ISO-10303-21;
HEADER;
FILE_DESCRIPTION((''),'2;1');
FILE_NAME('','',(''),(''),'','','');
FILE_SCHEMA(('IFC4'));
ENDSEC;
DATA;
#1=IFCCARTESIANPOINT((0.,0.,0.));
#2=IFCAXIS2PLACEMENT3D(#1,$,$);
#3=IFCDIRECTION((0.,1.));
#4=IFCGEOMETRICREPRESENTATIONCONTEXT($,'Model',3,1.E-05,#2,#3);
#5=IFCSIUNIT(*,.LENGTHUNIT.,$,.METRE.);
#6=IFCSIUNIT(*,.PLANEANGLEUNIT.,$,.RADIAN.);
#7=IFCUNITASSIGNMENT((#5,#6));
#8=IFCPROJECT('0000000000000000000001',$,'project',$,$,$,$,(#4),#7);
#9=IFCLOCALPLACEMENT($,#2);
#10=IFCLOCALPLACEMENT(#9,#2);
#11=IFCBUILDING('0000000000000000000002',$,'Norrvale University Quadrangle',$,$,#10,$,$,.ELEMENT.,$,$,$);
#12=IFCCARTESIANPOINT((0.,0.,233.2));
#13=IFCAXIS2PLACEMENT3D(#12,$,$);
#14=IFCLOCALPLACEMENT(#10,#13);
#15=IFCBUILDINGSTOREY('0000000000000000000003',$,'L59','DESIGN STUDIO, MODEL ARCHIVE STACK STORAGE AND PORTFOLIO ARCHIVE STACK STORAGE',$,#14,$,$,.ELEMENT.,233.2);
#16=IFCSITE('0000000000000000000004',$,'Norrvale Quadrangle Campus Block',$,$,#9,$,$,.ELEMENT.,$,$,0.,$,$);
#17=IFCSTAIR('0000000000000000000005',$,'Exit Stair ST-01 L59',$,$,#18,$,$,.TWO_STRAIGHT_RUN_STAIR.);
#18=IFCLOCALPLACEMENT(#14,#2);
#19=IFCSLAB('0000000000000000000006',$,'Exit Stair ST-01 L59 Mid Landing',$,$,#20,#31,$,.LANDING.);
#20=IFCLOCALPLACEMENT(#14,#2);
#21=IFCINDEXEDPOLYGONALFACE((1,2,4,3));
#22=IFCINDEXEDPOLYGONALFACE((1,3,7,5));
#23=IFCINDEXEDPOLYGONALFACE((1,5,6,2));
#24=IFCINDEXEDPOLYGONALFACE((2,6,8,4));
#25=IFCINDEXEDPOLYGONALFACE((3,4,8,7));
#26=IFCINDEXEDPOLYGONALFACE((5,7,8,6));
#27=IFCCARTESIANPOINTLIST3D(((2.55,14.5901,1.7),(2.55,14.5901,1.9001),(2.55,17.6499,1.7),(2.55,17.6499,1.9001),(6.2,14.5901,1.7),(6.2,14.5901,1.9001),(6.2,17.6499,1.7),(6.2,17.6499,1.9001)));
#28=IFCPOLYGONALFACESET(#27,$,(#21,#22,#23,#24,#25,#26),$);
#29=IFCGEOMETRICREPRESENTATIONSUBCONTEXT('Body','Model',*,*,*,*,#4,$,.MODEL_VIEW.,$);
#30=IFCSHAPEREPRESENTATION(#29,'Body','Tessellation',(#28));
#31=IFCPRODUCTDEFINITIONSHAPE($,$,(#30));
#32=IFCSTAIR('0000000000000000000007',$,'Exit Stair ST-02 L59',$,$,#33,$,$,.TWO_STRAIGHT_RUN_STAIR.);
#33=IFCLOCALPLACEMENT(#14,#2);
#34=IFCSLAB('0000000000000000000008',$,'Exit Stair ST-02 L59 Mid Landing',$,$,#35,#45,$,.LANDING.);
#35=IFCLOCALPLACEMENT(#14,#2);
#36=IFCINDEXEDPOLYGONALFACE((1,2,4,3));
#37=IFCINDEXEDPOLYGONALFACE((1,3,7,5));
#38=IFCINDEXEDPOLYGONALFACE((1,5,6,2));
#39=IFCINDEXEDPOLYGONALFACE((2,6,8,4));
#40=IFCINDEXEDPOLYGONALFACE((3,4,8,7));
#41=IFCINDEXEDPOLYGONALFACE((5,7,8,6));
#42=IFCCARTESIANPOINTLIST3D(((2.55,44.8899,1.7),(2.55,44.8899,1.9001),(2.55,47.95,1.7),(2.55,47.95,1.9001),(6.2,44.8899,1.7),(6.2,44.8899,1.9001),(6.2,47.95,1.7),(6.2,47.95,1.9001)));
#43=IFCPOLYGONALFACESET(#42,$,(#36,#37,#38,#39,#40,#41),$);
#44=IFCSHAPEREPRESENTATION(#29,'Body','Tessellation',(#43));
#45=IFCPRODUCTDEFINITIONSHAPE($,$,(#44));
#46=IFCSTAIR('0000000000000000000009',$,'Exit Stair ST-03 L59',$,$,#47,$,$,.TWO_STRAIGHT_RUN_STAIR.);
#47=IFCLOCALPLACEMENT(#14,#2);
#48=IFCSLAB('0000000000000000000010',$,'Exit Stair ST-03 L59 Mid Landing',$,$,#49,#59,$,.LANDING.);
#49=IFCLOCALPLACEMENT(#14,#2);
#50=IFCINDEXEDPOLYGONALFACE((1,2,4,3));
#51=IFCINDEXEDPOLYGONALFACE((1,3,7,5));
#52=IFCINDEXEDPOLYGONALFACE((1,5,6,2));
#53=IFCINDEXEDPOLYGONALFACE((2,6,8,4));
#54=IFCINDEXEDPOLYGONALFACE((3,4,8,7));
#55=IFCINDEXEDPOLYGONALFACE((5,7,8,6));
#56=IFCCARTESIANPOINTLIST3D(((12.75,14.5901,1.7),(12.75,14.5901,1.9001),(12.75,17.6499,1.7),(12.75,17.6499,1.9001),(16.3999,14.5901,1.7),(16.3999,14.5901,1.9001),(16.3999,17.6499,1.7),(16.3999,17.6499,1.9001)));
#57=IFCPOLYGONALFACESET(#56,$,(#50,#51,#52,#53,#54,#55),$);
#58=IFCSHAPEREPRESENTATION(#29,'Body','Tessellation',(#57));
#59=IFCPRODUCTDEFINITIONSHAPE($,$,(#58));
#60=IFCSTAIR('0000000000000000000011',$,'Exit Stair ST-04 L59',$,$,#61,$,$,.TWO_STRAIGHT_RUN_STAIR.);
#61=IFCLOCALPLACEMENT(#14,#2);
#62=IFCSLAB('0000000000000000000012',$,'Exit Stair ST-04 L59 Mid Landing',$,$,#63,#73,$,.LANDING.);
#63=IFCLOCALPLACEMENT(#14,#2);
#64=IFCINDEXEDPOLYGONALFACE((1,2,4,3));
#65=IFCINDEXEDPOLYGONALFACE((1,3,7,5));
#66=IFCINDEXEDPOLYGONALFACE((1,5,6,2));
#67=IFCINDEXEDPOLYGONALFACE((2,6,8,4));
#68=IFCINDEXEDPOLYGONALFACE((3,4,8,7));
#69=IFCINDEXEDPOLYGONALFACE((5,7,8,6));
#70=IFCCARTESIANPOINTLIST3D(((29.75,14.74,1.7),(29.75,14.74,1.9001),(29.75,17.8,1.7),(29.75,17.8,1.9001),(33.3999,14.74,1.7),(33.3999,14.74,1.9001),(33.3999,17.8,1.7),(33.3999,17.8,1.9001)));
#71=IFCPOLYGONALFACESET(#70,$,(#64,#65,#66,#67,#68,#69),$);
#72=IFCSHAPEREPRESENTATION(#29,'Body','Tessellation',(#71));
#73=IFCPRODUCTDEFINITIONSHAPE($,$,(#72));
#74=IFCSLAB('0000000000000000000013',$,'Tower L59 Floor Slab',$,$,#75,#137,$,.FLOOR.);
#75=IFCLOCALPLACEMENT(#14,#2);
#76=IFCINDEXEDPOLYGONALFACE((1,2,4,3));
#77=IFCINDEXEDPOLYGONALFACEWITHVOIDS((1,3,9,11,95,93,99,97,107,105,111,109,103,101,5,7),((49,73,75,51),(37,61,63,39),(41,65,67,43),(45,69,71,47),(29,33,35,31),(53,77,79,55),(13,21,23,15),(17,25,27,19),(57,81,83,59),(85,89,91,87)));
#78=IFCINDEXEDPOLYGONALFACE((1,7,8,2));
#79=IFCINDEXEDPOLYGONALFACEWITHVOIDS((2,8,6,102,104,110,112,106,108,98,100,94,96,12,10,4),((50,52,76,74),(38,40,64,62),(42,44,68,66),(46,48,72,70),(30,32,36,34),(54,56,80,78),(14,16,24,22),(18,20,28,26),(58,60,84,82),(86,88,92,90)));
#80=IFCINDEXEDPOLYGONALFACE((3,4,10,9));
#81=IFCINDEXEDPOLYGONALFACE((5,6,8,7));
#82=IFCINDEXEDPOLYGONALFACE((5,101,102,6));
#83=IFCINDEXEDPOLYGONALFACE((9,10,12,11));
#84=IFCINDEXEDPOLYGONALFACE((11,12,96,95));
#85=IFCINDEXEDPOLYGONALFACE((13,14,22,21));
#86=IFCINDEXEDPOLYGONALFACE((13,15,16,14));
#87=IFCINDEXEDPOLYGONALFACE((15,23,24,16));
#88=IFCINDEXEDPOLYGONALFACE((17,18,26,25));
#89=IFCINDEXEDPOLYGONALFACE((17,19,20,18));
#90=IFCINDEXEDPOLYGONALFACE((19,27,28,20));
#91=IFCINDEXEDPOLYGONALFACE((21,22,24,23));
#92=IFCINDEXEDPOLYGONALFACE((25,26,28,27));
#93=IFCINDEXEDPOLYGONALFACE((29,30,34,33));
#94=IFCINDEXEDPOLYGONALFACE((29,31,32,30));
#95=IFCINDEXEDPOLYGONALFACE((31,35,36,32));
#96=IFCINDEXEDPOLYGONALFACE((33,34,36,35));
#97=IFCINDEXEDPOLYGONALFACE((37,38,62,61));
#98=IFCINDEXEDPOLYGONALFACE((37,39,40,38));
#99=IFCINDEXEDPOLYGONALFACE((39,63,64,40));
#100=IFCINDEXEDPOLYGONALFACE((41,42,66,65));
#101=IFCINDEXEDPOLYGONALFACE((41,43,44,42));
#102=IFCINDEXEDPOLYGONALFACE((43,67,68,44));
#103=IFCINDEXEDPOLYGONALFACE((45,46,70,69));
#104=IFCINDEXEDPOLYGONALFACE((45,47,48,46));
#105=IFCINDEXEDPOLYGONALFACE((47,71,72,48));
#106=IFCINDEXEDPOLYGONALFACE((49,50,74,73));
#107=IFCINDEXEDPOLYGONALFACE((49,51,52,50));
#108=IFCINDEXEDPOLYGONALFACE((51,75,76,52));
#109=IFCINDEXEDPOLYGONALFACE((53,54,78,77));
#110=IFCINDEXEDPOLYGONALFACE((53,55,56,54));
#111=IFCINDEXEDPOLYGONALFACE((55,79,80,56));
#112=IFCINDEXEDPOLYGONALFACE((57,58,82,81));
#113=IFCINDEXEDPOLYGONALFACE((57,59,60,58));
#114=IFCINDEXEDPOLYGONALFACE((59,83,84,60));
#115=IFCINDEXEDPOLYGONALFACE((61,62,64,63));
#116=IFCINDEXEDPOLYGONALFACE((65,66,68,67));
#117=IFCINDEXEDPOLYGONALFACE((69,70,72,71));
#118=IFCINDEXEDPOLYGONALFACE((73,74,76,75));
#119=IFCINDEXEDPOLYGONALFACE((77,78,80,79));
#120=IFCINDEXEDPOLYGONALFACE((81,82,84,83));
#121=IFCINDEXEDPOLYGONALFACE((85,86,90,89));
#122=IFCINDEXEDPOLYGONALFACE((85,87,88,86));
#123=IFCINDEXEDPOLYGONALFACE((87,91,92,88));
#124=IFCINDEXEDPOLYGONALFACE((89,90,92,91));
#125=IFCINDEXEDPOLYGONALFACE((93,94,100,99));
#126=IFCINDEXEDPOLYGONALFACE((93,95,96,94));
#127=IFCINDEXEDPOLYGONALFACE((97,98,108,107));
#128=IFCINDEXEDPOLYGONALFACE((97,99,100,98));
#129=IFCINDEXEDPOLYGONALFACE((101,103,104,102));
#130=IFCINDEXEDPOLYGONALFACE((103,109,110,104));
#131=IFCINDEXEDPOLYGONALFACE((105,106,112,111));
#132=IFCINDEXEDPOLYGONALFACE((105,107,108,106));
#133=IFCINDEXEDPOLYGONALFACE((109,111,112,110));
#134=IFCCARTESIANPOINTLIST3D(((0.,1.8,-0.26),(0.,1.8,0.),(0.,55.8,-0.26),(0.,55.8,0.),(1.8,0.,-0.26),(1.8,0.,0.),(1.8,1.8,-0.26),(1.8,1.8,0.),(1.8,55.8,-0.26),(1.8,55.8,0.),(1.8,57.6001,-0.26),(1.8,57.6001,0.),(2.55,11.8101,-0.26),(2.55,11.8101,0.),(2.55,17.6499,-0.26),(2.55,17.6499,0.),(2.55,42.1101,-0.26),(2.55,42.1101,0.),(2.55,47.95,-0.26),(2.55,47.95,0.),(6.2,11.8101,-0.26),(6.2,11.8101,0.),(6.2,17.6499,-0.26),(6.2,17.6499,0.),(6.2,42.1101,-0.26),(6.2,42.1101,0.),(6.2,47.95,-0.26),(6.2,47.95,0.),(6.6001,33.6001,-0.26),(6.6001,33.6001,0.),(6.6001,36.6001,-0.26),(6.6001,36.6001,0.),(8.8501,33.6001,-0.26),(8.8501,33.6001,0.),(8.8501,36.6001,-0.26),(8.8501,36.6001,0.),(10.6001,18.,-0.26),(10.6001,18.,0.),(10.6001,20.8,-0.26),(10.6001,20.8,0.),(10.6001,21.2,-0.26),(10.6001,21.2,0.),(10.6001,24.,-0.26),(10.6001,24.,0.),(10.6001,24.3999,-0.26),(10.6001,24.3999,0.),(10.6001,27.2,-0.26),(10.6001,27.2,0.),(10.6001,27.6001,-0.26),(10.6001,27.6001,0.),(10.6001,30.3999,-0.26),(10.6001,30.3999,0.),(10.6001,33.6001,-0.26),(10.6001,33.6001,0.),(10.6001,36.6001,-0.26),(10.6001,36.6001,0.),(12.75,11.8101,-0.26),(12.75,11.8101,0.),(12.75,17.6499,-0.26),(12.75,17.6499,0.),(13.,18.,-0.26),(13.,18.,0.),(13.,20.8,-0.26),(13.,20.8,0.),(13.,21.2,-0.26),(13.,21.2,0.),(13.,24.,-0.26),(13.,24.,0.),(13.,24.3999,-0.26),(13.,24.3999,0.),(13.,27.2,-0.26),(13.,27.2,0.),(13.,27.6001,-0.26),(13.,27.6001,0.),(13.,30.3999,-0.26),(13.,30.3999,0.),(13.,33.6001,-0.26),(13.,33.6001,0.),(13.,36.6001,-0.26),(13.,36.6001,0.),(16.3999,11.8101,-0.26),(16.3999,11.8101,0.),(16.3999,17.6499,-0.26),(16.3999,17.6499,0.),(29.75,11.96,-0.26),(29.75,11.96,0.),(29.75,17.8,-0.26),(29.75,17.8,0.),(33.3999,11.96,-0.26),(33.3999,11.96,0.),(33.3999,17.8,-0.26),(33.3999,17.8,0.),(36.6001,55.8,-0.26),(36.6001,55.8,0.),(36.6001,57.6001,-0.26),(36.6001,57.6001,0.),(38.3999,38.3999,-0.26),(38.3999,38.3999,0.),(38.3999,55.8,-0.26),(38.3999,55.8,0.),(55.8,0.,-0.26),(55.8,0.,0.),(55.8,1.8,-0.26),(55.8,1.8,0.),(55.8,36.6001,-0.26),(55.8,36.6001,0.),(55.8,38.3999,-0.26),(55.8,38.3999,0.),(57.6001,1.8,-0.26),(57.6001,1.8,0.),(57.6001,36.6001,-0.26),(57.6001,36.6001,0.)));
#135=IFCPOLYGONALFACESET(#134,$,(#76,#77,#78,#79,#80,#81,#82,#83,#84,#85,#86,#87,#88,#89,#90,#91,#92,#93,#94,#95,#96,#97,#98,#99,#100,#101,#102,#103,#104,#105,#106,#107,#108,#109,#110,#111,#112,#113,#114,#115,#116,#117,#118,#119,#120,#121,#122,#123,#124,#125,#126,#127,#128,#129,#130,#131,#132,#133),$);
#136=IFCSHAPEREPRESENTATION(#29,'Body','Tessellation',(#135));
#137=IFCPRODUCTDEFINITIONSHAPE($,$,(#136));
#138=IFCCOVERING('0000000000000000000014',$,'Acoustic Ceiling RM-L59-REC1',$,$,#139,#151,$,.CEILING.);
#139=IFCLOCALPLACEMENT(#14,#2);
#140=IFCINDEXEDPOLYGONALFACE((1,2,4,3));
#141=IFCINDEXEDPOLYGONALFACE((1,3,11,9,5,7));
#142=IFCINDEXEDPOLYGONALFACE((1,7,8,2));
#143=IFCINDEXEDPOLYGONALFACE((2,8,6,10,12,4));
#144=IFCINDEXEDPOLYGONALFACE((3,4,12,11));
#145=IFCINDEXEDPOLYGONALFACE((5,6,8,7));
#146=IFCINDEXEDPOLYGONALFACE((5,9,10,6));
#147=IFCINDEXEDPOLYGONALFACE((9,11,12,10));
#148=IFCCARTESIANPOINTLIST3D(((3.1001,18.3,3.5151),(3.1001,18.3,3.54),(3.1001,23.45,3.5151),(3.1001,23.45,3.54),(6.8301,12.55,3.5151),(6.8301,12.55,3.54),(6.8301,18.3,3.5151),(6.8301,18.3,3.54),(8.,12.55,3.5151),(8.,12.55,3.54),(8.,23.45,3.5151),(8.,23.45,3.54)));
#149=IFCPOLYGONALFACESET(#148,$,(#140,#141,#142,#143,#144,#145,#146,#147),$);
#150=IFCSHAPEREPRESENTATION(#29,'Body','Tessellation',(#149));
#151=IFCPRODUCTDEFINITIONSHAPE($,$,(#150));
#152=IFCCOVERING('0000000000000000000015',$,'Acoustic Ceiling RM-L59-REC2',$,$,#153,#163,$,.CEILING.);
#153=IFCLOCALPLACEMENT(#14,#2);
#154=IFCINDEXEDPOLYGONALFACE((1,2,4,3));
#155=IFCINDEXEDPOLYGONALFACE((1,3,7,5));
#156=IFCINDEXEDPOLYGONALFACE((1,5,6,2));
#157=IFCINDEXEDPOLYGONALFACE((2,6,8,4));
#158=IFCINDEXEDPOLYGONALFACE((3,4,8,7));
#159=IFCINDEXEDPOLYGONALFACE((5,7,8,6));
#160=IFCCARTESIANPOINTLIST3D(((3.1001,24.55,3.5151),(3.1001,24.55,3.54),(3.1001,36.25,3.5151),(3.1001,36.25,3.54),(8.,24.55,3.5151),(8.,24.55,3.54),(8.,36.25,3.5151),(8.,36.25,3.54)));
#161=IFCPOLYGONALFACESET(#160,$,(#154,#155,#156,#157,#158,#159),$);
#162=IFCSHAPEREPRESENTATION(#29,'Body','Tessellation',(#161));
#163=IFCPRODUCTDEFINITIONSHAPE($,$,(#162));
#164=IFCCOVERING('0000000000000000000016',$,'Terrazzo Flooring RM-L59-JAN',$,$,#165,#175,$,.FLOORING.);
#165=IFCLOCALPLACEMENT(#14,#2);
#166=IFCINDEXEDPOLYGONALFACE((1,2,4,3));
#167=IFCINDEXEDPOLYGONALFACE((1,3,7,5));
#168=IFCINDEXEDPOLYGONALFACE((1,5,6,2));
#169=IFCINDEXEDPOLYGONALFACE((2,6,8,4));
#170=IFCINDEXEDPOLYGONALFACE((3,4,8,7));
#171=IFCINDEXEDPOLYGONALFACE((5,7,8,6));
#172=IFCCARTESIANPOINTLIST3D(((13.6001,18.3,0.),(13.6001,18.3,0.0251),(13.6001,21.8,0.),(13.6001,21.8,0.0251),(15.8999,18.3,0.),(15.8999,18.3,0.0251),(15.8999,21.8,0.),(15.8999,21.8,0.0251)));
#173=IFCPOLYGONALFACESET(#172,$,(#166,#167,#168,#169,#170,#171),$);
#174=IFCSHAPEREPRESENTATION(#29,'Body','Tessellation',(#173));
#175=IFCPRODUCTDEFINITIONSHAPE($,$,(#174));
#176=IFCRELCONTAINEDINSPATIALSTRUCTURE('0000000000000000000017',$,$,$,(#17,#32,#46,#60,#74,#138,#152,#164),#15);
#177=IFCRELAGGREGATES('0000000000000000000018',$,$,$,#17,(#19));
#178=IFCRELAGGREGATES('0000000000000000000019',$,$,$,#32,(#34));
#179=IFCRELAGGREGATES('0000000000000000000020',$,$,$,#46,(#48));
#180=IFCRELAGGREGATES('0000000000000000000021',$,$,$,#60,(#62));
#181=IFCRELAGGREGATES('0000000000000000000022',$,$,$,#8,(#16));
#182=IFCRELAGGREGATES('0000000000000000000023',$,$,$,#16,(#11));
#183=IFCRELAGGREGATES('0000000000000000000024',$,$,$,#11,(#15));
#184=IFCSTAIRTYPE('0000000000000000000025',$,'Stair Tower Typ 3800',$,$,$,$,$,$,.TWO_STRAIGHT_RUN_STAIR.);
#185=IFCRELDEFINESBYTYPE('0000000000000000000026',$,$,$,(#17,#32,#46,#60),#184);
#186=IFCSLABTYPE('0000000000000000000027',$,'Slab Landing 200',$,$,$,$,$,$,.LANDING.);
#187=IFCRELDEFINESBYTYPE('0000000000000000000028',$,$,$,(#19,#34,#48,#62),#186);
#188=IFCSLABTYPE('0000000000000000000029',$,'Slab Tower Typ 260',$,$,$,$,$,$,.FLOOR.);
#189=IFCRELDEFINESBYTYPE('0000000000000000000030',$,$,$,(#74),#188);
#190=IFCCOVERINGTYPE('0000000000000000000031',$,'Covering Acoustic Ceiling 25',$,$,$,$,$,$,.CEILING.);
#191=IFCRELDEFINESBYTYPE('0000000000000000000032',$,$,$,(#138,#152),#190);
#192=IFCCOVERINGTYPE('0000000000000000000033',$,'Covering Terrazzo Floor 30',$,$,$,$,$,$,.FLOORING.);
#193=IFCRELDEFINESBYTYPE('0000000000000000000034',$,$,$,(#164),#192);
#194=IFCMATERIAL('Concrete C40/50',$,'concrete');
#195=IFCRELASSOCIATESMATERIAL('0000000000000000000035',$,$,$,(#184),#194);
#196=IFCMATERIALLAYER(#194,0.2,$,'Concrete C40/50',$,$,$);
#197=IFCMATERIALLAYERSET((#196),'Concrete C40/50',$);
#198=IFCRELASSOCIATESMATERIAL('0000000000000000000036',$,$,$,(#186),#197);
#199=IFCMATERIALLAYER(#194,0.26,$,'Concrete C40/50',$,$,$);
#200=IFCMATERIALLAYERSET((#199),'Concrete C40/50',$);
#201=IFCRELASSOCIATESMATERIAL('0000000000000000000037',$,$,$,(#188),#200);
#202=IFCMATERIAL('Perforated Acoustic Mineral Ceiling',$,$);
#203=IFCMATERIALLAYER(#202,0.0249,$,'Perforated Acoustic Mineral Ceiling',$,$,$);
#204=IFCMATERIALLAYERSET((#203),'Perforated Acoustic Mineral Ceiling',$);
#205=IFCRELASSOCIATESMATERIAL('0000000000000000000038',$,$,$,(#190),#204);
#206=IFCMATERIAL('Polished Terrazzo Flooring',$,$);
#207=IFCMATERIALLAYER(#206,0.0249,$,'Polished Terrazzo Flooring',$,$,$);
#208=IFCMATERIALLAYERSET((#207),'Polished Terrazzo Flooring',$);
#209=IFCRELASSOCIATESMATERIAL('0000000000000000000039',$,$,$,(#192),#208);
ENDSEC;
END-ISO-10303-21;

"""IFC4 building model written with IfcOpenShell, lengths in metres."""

from ifc_helpers import new_model, si_unit, direction, frame, origin, place, context, subcontext, project, spatial, polyline, outline, extrude, material, layer, layer_set, type_object, element, aggregate, save


model = new_model("IFC4")

# Units and contexts
model_context = context("Model", 3, precision=1e-05, world=origin(), true_north=direction((0.0, 1.0)))
body_context = subcontext(model_context, "Body", "Model", "MODEL_VIEW")
ifc_project = project(units=[si_unit("LENGTHUNIT", "METRE"), si_unit("PLANEANGLEUNIT", "RADIAN")], contexts=[model_context])

# Site, building, storey
site_placement = place(None, origin())
site = spatial("IfcSite", under=ifc_project, at=site_placement, Name="Norrvale Quadrangle Campus Block", CompositionType="ELEMENT", RefElevation=0.0)
building_placement = place(site_placement, origin())
building = spatial("IfcBuilding", under=site, at=building_placement, Name="Norrvale University Quadrangle", CompositionType="ELEMENT")
storey_placement = place(building_placement, frame((0.0, 0.0, 233.2)))
storey = spatial("IfcBuildingStorey", under=building, at=storey_placement, Name="L59", Description="DESIGN STUDIO, MODEL ARCHIVE STACK STORAGE AND PORTFOLIO ARCHIVE STACK STORAGE", CompositionType="ELEMENT", Elevation=233.2)

# Stairs, slabs
ifc_material_1 = material(Name="Concrete C40/50", Category="concrete")
stair_type = type_object("IfcStairType", Name="Stair Tower Typ 3800", PredefinedType="TWO_STRAIGHT_RUN_STAIR", material=ifc_material_1)
stair_1_placement = place(storey_placement, origin())
stair_1 = element("IfcStair", 1, at=stair_1_placement, inside=storey, type_object=stair_type, Name="Exit Stair ST-01 L59", PredefinedType="TWO_STRAIGHT_RUN_STAIR")
ifc_layer_1 = layer(ifc_material_1, 0.2, Name="Concrete C40/50")
ifc_layer_set_1 = layer_set([ifc_layer_1], Name="Concrete C40/50")
slab_type_1 = type_object("IfcSlabType", Name="Slab Landing 200", PredefinedType="LANDING", material=ifc_layer_set_1)
slab_1_placement = place(storey_placement, frame((0.0, 0.0, 1.7)))
slab_1 = element("IfcSlab", 2, at=slab_1_placement, type_object=slab_type_1, Name="Exit Stair ST-01 L59 Mid Landing", PredefinedType="LANDING", context=body_context, shape_type="SweptSolid", body=[
    extrude(outline(polyline([(2.55, 14.5901), (6.2, 14.5901), (6.2, 17.6499), (2.55, 17.6499), (2.55, 14.5901)])), origin(), (0.0, 0.0, 1.0), 0.2002),
])
aggregate(stair_1, [slab_1])
stair_2_placement = place(storey_placement, origin())
stair_2 = element("IfcStair", 3, at=stair_2_placement, inside=storey, type_object=stair_type, Name="Exit Stair ST-02 L59", PredefinedType="TWO_STRAIGHT_RUN_STAIR")
slab_2_placement = place(storey_placement, frame((0.0, 0.0, 1.7)))
slab_2 = element("IfcSlab", 4, at=slab_2_placement, type_object=slab_type_1, Name="Exit Stair ST-02 L59 Mid Landing", PredefinedType="LANDING", context=body_context, shape_type="SweptSolid", body=[
    extrude(outline(polyline([(2.55, 44.8899), (6.2, 44.8899), (6.2, 47.95), (2.55, 47.95), (2.55, 44.8899)])), origin(), (0.0, 0.0, 1.0), 0.2002),
])
aggregate(stair_2, [slab_2])
stair_3_placement = place(storey_placement, origin())
stair_3 = element("IfcStair", 5, at=stair_3_placement, inside=storey, type_object=stair_type, Name="Exit Stair ST-03 L59", PredefinedType="TWO_STRAIGHT_RUN_STAIR")
slab_3_placement = place(storey_placement, frame((0.0, 0.0, 1.7)))
slab_3 = element("IfcSlab", 6, at=slab_3_placement, type_object=slab_type_1, Name="Exit Stair ST-03 L59 Mid Landing", PredefinedType="LANDING", context=body_context, shape_type="SweptSolid", body=[
    extrude(outline(polyline([(12.75, 14.5901), (16.3999, 14.5901), (16.3999, 17.6499), (12.75, 17.6499), (12.75, 14.5901)])), origin(), (0.0, 0.0, 1.0), 0.2002),
])
aggregate(stair_3, [slab_3])
stair_4_placement = place(storey_placement, origin())
stair_4 = element("IfcStair", 7, at=stair_4_placement, inside=storey, type_object=stair_type, Name="Exit Stair ST-04 L59", PredefinedType="TWO_STRAIGHT_RUN_STAIR")
slab_4_placement = place(storey_placement, frame((0.0, 0.0, 1.7)))
slab_4 = element("IfcSlab", 8, at=slab_4_placement, type_object=slab_type_1, Name="Exit Stair ST-04 L59 Mid Landing", PredefinedType="LANDING", context=body_context, shape_type="SweptSolid", body=[
    extrude(outline(polyline([(29.75, 14.74), (33.3999, 14.74), (33.3999, 17.8), (29.75, 17.8), (29.75, 14.74)])), origin(), (0.0, 0.0, 1.0), 0.2002),
])
aggregate(stair_4, [slab_4])

# Slab
ifc_layer_2 = layer(ifc_material_1, 0.26, Name="Concrete C40/50")
ifc_layer_set_2 = layer_set([ifc_layer_2], Name="Concrete C40/50")
slab_type_2 = type_object("IfcSlabType", Name="Slab Tower Typ 260", PredefinedType="FLOOR", material=ifc_layer_set_2)
slab_5_placement = place(storey_placement, frame((0.0, 0.0, -0.26)))
element("IfcSlab", 9, at=slab_5_placement, inside=storey, type_object=slab_type_2, Name="Tower L59 Floor Slab", PredefinedType="FLOOR", context=body_context, shape_type="SweptSolid", body=[
    extrude(outline(polyline([(1.8, 0.0), (55.8, 0.0), (55.8, 1.8), (57.6001, 1.8), (57.6001, 36.6001), (55.8, 36.6001), (55.8, 38.3999), (38.3999, 38.3999), (38.3999, 55.8), (36.6001, 55.8), (36.6001, 57.6001), (1.8, 57.6001), (1.8, 55.8), (0.0, 55.8), (0.0, 1.8), (1.8, 1.8), (1.8, 0.0)]), holes=[polyline([(2.55, 11.8101), (6.2, 11.8101), (6.2, 17.6499), (2.55, 17.6499), (2.55, 11.8101)]), polyline([(2.55, 42.1101), (6.2, 42.1101), (6.2, 47.95), (2.55, 47.95), (2.55, 42.1101)]), polyline([(12.75, 11.8101), (16.3999, 11.8101), (16.3999, 17.6499), (12.75, 17.6499), (12.75, 11.8101)]), polyline([(29.75, 11.96), (33.3999, 11.96), (33.3999, 17.8), (29.75, 17.8), (29.75, 11.96)]), polyline([(10.6001, 18.0), (13.0, 18.0), (13.0, 20.8), (10.6001, 20.8), (10.6001, 18.0)]), polyline([(10.6001, 21.2), (13.0, 21.2), (13.0, 24.0), (10.6001, 24.0), (10.6001, 21.2)]), polyline([(10.6001, 24.3999), (13.0, 24.3999), (13.0, 27.2), (10.6001, 27.2), (10.6001, 24.3999)]), polyline([(10.6001, 27.6001), (13.0, 27.6001), (13.0, 30.3999), (10.6001, 30.3999), (10.6001, 27.6001)]), polyline([(6.6001, 33.6001), (8.8501, 33.6001), (8.8501, 36.6001), (6.6001, 36.6001), (6.6001, 33.6001)]), polyline([(10.6001, 33.6001), (13.0, 33.6001), (13.0, 36.6001), (10.6001, 36.6001), (10.6001, 33.6001)])]), origin(), (0.0, 0.0, 1.0), 0.26),
])

# Coverings
ifc_material_2 = material(Name="Perforated Acoustic Mineral Ceiling")
ifc_layer_3 = layer(ifc_material_2, 0.0249, Name="Perforated Acoustic Mineral Ceiling")
ifc_layer_set_3 = layer_set([ifc_layer_3], Name="Perforated Acoustic Mineral Ceiling")
covering_type_1 = type_object("IfcCoveringType", Name="Covering Acoustic Ceiling 25", PredefinedType="CEILING", material=ifc_layer_set_3)
covering_1_placement = place(storey_placement, frame((0.0, 0.0, 3.5151)))
element("IfcCovering", 10, at=covering_1_placement, inside=storey, type_object=covering_type_1, Name="Acoustic Ceiling RM-L59-REC1", PredefinedType="CEILING", context=body_context, shape_type="SweptSolid", body=[
    extrude(outline(polyline([(3.1001, 18.3), (3.1001, 23.45), (8.0, 23.45), (8.0, 12.55), (6.8301, 12.55), (6.8301, 18.3), (3.1001, 18.3)])), origin(), (0.0, 0.0, 1.0), 0.0249),
])
covering_2_placement = place(storey_placement, frame((0.0, 0.0, 3.5151)))
element("IfcCovering", 11, at=covering_2_placement, inside=storey, type_object=covering_type_1, Name="Acoustic Ceiling RM-L59-REC2", PredefinedType="CEILING", context=body_context, shape_type="SweptSolid", body=[
    extrude(outline(polyline([(3.1001, 24.55), (3.1001, 36.25), (8.0, 36.25), (8.0, 24.55), (3.1001, 24.55)])), origin(), (0.0, 0.0, 1.0), 0.0249),
])
ifc_material_3 = material(Name="Polished Terrazzo Flooring")
ifc_layer_4 = layer(ifc_material_3, 0.0249, Name="Polished Terrazzo Flooring")
ifc_layer_set_4 = layer_set([ifc_layer_4], Name="Polished Terrazzo Flooring")
covering_type_2 = type_object("IfcCoveringType", Name="Covering Terrazzo Floor 30", PredefinedType="FLOORING", material=ifc_layer_set_4)
covering_3_placement = place(storey_placement, origin())
element("IfcCovering", 12, at=covering_3_placement, inside=storey, type_object=covering_type_2, Name="Terrazzo Flooring RM-L59-JAN", PredefinedType="FLOORING", context=body_context, shape_type="SweptSolid", body=[
    extrude(outline(polyline([(13.6001, 18.3), (13.6001, 21.8), (15.8999, 21.8), (15.8999, 18.3), (13.6001, 18.3)])), origin(), (0.0, 0.0, 1.0), 0.0251),
])

save(model, "model.ifc")
